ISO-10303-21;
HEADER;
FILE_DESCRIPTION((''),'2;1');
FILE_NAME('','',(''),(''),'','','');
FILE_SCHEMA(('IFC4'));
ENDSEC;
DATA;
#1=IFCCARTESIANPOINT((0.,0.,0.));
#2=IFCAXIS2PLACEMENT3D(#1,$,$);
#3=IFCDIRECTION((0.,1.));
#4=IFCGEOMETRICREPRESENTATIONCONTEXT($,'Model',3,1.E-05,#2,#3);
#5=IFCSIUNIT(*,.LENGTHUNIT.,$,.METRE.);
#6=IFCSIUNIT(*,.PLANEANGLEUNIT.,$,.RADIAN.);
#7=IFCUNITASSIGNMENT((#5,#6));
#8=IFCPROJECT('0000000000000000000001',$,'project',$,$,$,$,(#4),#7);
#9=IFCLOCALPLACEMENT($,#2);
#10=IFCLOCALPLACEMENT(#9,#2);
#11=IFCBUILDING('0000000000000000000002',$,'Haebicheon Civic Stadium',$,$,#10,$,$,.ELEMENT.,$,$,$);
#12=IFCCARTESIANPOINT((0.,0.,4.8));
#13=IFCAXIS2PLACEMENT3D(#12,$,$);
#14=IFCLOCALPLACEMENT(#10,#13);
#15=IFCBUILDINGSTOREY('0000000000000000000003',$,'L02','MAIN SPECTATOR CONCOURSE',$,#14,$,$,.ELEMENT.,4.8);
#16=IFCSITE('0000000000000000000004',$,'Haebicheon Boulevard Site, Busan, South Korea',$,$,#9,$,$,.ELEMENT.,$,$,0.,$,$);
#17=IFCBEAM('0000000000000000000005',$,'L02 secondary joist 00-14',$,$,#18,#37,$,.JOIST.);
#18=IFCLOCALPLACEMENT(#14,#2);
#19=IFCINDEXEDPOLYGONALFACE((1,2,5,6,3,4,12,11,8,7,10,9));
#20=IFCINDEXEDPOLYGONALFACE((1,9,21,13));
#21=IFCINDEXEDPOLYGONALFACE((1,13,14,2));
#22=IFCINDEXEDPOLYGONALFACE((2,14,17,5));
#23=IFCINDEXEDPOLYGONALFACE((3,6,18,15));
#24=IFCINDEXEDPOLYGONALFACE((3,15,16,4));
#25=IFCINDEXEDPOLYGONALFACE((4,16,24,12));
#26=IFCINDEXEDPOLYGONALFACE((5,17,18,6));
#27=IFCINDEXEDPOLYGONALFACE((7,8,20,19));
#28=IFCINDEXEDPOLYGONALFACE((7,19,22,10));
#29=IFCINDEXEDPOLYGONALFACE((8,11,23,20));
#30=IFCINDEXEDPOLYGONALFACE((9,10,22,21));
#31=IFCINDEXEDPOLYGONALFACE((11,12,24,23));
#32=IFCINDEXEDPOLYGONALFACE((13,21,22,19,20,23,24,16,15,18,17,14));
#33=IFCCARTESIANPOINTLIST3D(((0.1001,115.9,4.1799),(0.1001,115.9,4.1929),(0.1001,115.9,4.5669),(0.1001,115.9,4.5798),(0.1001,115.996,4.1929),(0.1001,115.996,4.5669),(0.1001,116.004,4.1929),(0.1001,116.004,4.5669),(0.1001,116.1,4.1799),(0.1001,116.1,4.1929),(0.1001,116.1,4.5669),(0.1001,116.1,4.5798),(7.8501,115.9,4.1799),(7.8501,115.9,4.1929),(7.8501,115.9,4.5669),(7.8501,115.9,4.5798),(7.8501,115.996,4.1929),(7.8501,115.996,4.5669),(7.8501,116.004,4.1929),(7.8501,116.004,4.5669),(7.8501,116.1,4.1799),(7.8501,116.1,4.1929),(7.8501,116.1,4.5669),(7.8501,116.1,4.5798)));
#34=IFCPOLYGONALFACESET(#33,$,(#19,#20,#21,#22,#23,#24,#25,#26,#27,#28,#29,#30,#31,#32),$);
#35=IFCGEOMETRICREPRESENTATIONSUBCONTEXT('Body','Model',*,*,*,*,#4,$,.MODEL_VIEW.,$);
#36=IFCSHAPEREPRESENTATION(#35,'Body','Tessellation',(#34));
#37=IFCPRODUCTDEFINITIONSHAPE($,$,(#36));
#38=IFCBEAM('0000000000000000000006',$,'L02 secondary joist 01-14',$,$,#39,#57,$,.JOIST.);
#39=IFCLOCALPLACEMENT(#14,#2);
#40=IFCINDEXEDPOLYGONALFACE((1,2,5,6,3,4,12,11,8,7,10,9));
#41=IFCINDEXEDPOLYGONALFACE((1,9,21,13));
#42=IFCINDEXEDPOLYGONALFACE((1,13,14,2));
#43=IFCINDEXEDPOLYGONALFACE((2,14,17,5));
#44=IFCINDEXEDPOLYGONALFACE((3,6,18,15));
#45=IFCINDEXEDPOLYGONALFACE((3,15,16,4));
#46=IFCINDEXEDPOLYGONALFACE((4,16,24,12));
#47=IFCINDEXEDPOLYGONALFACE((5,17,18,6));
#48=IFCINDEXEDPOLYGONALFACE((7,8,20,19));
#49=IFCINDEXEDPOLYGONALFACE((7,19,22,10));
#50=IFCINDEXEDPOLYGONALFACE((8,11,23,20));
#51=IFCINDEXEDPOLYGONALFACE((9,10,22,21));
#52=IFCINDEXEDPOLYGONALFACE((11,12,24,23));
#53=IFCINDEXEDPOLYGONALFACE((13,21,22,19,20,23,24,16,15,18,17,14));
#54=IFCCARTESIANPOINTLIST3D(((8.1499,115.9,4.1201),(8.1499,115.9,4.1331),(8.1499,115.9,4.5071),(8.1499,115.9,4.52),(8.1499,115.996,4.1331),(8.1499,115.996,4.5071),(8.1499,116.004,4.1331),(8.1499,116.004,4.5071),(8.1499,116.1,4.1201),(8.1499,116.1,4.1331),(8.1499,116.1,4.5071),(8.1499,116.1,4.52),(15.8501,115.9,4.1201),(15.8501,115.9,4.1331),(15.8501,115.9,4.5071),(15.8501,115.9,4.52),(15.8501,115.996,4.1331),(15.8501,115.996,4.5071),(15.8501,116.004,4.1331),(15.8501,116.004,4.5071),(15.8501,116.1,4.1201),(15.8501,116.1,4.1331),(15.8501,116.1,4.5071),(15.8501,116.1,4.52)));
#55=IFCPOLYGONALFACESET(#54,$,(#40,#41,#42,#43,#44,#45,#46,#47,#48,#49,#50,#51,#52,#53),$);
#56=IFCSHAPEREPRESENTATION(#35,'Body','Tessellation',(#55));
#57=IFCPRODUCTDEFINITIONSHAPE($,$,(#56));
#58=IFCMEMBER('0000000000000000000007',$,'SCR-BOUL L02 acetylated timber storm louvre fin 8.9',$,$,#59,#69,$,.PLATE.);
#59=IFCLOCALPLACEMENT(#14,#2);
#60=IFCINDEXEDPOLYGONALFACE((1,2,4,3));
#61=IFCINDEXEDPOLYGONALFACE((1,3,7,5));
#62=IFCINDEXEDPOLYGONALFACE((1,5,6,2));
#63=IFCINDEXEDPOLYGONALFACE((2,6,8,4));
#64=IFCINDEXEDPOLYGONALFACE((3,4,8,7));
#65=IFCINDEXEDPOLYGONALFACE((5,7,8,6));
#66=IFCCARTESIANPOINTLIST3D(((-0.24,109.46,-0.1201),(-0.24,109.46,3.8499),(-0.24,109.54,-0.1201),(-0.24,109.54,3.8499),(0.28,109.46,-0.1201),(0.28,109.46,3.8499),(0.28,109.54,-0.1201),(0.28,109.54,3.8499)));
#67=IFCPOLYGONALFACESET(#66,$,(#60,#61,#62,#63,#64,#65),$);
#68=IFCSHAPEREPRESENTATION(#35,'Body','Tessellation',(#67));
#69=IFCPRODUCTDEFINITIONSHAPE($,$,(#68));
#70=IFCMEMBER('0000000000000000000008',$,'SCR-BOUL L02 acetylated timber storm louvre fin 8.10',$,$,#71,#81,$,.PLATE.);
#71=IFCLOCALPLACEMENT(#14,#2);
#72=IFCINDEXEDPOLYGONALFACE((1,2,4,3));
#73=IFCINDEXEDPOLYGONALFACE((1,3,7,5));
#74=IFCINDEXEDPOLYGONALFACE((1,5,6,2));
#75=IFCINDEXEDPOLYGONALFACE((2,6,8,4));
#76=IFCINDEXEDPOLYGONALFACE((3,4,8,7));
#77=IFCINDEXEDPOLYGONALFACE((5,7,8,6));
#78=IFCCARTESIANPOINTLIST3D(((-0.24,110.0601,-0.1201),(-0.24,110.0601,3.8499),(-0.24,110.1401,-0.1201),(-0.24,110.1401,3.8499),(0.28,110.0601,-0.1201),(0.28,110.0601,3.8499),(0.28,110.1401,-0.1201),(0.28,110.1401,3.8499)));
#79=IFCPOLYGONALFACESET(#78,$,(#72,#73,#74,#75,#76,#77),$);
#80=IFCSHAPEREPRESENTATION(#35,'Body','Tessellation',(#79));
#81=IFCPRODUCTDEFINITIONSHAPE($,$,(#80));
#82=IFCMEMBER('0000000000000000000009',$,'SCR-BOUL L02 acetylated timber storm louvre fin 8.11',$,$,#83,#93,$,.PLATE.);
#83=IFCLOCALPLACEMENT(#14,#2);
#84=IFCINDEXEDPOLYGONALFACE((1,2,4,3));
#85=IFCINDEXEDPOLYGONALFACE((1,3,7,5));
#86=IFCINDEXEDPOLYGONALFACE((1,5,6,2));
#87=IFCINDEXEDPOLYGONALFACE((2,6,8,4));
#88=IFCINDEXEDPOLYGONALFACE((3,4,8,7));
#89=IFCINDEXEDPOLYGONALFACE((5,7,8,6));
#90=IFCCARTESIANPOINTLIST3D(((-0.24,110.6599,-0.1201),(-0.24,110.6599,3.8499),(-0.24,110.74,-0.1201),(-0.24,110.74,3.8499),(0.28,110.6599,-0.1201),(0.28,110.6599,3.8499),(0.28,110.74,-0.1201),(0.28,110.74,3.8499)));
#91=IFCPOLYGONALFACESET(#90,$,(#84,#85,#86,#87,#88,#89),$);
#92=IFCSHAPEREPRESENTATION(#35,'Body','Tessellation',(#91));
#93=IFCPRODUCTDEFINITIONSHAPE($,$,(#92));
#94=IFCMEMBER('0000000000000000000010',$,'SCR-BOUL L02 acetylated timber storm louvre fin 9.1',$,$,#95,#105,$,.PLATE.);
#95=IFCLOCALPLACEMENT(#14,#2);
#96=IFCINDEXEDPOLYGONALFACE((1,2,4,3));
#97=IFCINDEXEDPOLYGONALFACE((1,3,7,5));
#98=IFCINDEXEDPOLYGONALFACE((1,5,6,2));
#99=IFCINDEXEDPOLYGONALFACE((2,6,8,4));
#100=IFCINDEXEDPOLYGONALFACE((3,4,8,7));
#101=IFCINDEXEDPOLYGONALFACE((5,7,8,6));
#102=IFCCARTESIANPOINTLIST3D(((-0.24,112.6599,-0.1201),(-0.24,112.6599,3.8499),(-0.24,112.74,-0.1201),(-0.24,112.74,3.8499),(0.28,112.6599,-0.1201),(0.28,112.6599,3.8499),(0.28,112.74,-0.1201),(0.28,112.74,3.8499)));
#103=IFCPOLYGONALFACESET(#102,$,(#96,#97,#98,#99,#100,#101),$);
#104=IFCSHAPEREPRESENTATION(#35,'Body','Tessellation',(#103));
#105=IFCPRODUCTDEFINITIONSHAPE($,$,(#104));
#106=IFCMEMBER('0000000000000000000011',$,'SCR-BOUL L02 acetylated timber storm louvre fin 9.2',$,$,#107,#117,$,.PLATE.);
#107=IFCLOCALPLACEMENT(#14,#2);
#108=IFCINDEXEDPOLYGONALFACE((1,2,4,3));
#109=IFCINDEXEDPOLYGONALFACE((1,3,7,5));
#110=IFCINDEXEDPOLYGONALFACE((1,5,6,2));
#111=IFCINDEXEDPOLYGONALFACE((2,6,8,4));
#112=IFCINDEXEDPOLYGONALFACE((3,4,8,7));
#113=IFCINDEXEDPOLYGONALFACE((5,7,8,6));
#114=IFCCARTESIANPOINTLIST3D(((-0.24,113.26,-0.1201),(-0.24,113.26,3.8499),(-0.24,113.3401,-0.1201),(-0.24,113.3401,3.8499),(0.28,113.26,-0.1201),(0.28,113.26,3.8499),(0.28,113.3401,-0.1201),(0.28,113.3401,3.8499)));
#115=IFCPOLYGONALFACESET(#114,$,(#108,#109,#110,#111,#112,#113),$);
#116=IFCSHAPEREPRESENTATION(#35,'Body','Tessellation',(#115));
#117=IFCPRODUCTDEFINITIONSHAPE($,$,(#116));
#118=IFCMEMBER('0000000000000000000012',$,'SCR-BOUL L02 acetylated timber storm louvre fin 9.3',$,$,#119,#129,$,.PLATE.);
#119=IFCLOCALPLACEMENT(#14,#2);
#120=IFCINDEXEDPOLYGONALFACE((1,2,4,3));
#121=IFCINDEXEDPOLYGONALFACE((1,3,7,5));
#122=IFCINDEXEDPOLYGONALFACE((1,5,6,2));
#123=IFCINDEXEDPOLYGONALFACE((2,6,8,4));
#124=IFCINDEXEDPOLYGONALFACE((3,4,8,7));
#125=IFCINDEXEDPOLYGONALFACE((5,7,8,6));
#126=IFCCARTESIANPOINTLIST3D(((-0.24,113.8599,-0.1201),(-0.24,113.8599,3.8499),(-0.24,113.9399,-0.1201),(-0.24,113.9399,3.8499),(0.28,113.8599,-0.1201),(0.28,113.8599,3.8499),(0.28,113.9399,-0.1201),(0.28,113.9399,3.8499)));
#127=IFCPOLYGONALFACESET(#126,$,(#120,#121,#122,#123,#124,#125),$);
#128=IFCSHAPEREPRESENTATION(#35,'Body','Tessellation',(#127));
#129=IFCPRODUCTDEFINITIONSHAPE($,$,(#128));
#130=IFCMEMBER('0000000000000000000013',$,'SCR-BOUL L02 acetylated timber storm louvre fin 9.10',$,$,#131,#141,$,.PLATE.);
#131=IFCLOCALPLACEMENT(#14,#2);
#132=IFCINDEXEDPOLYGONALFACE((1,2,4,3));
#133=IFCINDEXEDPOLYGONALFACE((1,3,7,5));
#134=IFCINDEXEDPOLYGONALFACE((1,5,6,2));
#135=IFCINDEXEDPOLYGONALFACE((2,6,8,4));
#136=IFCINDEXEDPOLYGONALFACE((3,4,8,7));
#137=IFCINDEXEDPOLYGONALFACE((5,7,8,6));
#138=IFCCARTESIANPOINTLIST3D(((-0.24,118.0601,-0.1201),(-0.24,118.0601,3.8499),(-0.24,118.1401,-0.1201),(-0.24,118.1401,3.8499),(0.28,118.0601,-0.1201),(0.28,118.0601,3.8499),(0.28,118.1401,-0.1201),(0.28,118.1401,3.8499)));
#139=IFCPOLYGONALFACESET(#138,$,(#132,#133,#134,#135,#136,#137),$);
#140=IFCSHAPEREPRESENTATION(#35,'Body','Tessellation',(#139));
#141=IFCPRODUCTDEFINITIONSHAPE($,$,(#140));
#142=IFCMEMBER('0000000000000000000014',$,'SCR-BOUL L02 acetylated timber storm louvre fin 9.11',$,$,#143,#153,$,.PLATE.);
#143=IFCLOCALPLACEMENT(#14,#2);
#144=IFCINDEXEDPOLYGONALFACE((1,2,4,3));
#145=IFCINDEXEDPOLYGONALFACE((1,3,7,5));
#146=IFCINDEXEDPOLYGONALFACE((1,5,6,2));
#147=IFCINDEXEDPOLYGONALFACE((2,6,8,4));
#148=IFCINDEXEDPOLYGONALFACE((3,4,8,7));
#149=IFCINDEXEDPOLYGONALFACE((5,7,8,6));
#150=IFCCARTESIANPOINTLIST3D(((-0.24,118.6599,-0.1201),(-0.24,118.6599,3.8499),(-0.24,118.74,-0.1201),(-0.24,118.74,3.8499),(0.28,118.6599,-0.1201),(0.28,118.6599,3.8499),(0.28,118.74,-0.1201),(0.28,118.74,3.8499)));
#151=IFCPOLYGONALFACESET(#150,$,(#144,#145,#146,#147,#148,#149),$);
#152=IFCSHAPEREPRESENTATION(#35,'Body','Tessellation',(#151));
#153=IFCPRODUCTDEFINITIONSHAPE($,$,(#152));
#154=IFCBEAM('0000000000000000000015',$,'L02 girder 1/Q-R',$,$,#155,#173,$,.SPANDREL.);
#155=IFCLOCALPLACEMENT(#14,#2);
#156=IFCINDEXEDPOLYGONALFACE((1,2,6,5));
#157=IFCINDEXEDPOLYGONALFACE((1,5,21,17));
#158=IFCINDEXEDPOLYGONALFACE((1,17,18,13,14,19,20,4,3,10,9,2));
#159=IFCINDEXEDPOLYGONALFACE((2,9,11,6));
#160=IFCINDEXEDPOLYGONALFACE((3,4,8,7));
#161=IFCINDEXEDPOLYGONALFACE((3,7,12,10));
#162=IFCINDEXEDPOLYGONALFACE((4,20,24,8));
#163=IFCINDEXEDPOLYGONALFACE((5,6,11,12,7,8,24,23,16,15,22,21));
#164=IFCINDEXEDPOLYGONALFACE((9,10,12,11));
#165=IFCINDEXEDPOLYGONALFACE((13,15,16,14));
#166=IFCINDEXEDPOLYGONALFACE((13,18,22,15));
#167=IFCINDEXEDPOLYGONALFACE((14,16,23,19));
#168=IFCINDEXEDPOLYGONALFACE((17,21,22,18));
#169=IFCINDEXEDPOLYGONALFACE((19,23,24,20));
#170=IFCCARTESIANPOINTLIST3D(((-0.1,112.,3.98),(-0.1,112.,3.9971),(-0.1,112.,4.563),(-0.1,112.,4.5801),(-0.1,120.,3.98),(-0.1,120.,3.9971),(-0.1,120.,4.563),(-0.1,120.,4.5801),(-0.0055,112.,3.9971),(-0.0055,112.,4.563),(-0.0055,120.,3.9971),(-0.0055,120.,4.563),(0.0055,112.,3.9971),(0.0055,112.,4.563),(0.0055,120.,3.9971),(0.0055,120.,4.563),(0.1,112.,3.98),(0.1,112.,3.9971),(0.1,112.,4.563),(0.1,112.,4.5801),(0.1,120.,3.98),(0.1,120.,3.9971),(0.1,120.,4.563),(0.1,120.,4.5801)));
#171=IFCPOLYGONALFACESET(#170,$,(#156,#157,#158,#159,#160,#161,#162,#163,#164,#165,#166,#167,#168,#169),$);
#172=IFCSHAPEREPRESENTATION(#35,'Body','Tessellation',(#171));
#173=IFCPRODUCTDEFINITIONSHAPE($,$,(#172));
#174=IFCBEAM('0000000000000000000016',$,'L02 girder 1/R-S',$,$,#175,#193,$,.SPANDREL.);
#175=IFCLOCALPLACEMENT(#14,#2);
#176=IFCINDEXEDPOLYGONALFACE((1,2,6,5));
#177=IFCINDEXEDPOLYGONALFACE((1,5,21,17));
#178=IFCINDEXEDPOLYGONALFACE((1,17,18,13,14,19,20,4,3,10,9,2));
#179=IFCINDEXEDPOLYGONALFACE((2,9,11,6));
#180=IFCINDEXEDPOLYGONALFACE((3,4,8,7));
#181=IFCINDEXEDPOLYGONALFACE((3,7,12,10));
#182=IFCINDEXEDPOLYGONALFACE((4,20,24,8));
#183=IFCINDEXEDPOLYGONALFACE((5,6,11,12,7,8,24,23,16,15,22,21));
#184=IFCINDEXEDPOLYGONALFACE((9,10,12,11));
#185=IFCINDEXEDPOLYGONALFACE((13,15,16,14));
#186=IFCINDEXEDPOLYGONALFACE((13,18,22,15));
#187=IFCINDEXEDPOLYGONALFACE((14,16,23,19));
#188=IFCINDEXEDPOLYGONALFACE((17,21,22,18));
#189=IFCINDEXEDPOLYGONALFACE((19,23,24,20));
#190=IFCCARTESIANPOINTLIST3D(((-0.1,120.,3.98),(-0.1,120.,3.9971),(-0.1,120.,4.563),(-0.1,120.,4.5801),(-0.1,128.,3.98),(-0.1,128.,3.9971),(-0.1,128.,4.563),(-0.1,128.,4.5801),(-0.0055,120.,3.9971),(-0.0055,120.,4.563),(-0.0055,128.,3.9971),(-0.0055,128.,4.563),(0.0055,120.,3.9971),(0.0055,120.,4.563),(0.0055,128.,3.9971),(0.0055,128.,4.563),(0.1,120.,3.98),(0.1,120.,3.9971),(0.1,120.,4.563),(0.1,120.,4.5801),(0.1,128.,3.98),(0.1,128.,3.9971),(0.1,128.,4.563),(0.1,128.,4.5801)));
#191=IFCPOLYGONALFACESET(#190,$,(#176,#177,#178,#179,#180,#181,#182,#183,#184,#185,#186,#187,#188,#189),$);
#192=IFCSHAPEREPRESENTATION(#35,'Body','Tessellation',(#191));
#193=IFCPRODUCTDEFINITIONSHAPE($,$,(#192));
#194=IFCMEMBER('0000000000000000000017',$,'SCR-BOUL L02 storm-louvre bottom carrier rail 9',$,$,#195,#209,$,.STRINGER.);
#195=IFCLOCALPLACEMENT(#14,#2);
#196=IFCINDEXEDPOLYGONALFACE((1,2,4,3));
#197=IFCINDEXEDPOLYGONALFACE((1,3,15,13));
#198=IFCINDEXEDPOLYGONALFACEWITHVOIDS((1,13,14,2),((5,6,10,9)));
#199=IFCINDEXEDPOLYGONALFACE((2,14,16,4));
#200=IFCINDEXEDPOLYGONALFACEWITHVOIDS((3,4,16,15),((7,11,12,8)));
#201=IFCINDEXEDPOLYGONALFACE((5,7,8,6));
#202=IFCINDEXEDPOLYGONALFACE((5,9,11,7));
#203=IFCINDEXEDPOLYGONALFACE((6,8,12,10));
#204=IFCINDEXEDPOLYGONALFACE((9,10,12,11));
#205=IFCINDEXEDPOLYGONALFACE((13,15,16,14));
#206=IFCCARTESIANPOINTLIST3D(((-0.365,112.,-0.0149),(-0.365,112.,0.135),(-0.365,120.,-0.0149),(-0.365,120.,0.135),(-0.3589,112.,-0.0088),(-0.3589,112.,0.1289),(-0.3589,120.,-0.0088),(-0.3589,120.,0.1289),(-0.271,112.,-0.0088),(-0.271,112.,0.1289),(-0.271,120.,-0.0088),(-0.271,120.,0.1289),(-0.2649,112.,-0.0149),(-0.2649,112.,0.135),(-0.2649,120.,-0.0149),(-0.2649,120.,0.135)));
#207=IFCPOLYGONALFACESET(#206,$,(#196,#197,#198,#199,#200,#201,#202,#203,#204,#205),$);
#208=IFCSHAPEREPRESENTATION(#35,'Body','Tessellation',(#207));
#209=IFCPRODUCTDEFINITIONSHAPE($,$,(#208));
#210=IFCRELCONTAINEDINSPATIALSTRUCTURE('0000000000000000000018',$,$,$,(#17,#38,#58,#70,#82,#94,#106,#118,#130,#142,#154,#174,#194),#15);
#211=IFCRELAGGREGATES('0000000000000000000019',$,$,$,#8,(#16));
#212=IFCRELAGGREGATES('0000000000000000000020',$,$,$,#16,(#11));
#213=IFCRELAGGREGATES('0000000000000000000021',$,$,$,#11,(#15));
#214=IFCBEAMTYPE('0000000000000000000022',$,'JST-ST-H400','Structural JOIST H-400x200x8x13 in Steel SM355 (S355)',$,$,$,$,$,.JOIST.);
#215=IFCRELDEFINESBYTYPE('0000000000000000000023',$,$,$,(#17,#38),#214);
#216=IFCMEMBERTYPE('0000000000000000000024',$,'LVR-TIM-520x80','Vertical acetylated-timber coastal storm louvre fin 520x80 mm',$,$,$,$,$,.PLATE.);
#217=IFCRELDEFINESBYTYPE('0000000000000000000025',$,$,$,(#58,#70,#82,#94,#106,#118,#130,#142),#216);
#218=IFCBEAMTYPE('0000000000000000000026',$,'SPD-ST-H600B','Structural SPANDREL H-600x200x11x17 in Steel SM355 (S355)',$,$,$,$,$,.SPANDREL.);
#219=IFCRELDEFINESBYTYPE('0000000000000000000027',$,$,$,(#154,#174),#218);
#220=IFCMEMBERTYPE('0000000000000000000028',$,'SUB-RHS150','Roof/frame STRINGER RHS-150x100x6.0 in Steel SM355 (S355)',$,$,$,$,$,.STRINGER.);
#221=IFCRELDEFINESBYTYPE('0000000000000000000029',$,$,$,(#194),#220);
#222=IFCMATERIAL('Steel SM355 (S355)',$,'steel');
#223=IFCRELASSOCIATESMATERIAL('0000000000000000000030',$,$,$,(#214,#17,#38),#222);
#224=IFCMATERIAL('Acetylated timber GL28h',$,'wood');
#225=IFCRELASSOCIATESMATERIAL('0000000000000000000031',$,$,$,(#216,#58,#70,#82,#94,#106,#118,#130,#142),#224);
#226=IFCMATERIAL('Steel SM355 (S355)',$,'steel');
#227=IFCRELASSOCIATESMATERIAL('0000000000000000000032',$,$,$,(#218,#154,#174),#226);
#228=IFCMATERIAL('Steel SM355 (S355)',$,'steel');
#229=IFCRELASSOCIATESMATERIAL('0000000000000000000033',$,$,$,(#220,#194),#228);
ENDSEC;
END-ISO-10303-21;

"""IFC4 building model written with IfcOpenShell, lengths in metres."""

from ifc_helpers import new_model, si_unit, direction, frame, origin, origin_2d, place, context, subcontext, project, spatial, rectangle, hollow_rectangle, i_section, extrude, material, material_profile, profile_set, type_object, element, save


model = new_model("IFC4")

# Units and contexts
model_context = context("Model", 3, precision=1e-05, world=origin(), true_north=direction((0.0, 1.0)))
body_context = subcontext(model_context, "Body", "Model", "MODEL_VIEW")
ifc_project = project(units=[si_unit("LENGTHUNIT", "METRE"), si_unit("PLANEANGLEUNIT", "RADIAN")], contexts=[model_context])

# Site, building, storey
site_placement = place(None, origin())
site = spatial("IfcSite", under=ifc_project, at=site_placement, Name="Haebicheon Boulevard Site, Busan, South Korea", CompositionType="ELEMENT", RefElevation=0.0)
building_placement = place(site_placement, origin())
building = spatial("IfcBuilding", under=site, at=building_placement, Name="Haebicheon Civic Stadium", CompositionType="ELEMENT")
storey_placement = place(building_placement, frame((0.0, 0.0, 4.8)))
storey = spatial("IfcBuildingStorey", under=building, at=storey_placement, Name="L02", Description="MAIN SPECTATOR CONCOURSE", CompositionType="ELEMENT", Elevation=4.8)

# Beams
ifc_material_1 = material(Name="Steel SM355 (S355)", Category="steel")
ifc_material_profile_1 = material_profile(ifc_material_1, i_section(OverallWidth=0.2, OverallDepth=0.3999, WebThickness=0.0081, FlangeThickness=0.0129, at=origin_2d()), Name="H-400x200x8x13")
ifc_profile_set_1 = profile_set([ifc_material_profile_1], Name="Steel SM355 (S355)")
beam_type_1 = type_object("IfcBeamType", Name="JST-ST-H400", Description="Structural JOIST H-400x200x8x13 in Steel SM355 (S355)", PredefinedType="JOIST", material=ifc_profile_set_1)
beam_1_placement = place(storey_placement, frame((0.1001, 116.0, 4.3799), z_axis=(1.0, 0.0, 0.0), x_axis=(0.0, 1.0, 0.0)))
element("IfcBeam", 1, at=beam_1_placement, inside=storey, type_object=beam_type_1, material=ifc_profile_set_1, Name="L02 secondary joist 00-14", PredefinedType="JOIST", context=body_context, shape_type="SweptSolid", body=[
    extrude(i_section(OverallWidth=0.2, OverallDepth=0.3999, WebThickness=0.0081, FlangeThickness=0.0129, at=origin_2d()), origin(), (0.0, 0.0, 1.0), 7.75),
])
beam_2_placement = place(storey_placement, frame((8.1499, 116.0, 4.3201), z_axis=(1.0, 0.0, 0.0), x_axis=(0.0, 1.0, 0.0)))
element("IfcBeam", 2, at=beam_2_placement, inside=storey, type_object=beam_type_1, material=ifc_profile_set_1, Name="L02 secondary joist 01-14", PredefinedType="JOIST", context=body_context, shape_type="SweptSolid", body=[
    extrude(i_section(OverallWidth=0.2, OverallDepth=0.3999, WebThickness=0.0081, FlangeThickness=0.0129, at=origin_2d()), origin(), (0.0, 0.0, 1.0), 7.7002),
])

# Members
ifc_material_2 = material(Name="Acetylated timber GL28h", Category="wood")
ifc_material_profile_2 = material_profile(ifc_material_2, rectangle(XDim=0.0801, YDim=0.52, at=origin_2d()), Name="TMB-LOUV-80x520")
ifc_profile_set_2 = profile_set([ifc_material_profile_2], Name="Acetylated timber GL28h")
member_type_1 = type_object("IfcMemberType", Name="LVR-TIM-520x80", Description="Vertical acetylated-timber coastal storm louvre fin 520x80 mm", PredefinedType="PLATE", material=ifc_profile_set_2)
for number, where, z_axis, x_axis, name in (
    (3, (0.02, 109.5, -0.1201), (0.0, 0.0, 1.0), (0.0, 1.0, 0.0), "SCR-BOUL L02 acetylated timber storm louvre fin 8.9"),
    (4, (0.02, 110.1001, -0.1201), (0.0, 0.0, 1.0), (0.0, 1.0, 0.0), "SCR-BOUL L02 acetylated timber storm louvre fin 8.10"),
    (5, (0.02, 110.7, -0.1201), (0.0, 0.0, 1.0), (0.0, 1.0, 0.0), "SCR-BOUL L02 acetylated timber storm louvre fin 8.11"),
    (6, (0.02, 112.7, -0.1201), (0.0, 0.0, 1.0), (0.0, 1.0, 0.0), "SCR-BOUL L02 acetylated timber storm louvre fin 9.1"),
    (7, (0.02, 113.3, -0.1201), (0.0, 0.0, 1.0), (0.0, 1.0, 0.0), "SCR-BOUL L02 acetylated timber storm louvre fin 9.2"),
    (8, (0.02, 113.8999, -0.1201), (0.0, 0.0, 1.0), (0.0, 1.0, 0.0), "SCR-BOUL L02 acetylated timber storm louvre fin 9.3"),
    (9, (0.02, 118.1001, -0.1201), (0.0, 0.0, 1.0), (0.0, 1.0, 0.0), "SCR-BOUL L02 acetylated timber storm louvre fin 9.10"),
    (10, (0.02, 118.7, -0.1201), (0.0, 0.0, 1.0), (0.0, 1.0, 0.0), "SCR-BOUL L02 acetylated timber storm louvre fin 9.11"),
):
    element("IfcMember", number, at=place(storey_placement, frame(where, z_axis=z_axis, x_axis=x_axis)), inside=storey, type_object=member_type_1, material=ifc_profile_set_2, Name=name, PredefinedType="PLATE", context=body_context, shape_type="SweptSolid", body=[
        extrude(rectangle(XDim=0.0801, YDim=0.52, at=origin_2d()), origin(), (0.0, 0.0, 1.0), 3.97),
    ])

# Beams
ifc_material_3 = material(Name="Steel SM355 (S355)", Category="steel")
ifc_material_profile_3 = material_profile(ifc_material_3, i_section(OverallWidth=0.2, OverallDepth=0.6001, WebThickness=0.011, FlangeThickness=0.0171, at=origin_2d()), Name="H-600x200x11x17")
ifc_profile_set_3 = profile_set([ifc_material_profile_3], Name="Steel SM355 (S355)")
beam_type_2 = type_object("IfcBeamType", Name="SPD-ST-H600B", Description="Structural SPANDREL H-600x200x11x17 in Steel SM355 (S355)", PredefinedType="SPANDREL", material=ifc_profile_set_3)
for number, where, z_axis, x_axis, name in (
    (11, (0.0, 112.0, 4.28), (0.0, 1.0, 0.0), (-1.0, 0.0, 0.0), "L02 girder 1/Q-R"),
    (12, (0.0, 120.0, 4.28), (0.0, 1.0, 0.0), (-1.0, 0.0, 0.0), "L02 girder 1/R-S"),
):
    element("IfcBeam", number, at=place(storey_placement, frame(where, z_axis=z_axis, x_axis=x_axis)), inside=storey, type_object=beam_type_2, material=ifc_profile_set_3, Name=name, PredefinedType="SPANDREL", context=body_context, shape_type="SweptSolid", body=[
        extrude(i_section(OverallWidth=0.2, OverallDepth=0.6001, WebThickness=0.011, FlangeThickness=0.0171, at=origin_2d()), origin(), (0.0, 0.0, 1.0), 8.0),
    ])

# Member
ifc_material_4 = material(Name="Steel SM355 (S355)", Category="steel")
ifc_material_profile_4 = material_profile(ifc_material_4, hollow_rectangle(XDim=0.1001, YDim=0.1499, WallThickness=0.0061, at=origin_2d()), Name="RHS-150x100x6.0")
ifc_profile_set_4 = profile_set([ifc_material_profile_4], Name="Steel SM355 (S355)")
member_type_2 = type_object("IfcMemberType", Name="SUB-RHS150", Description="Roof/frame STRINGER RHS-150x100x6.0 in Steel SM355 (S355)", PredefinedType="STRINGER", material=ifc_profile_set_4)
for number, where, z_axis, x_axis, name in (
    (13, (-0.3149, 112.0, 0.0601), (0.0, 1.0, 0.0), (-1.0, 0.0, 0.0), "SCR-BOUL L02 storm-louvre bottom carrier rail 9"),
):
    element("IfcMember", number, at=place(storey_placement, frame(where, z_axis=z_axis, x_axis=x_axis)), inside=storey, type_object=member_type_2, material=ifc_profile_set_4, Name=name, PredefinedType="STRINGER", context=body_context, shape_type="SweptSolid", body=[
        extrude(hollow_rectangle(XDim=0.1001, YDim=0.1499, WallThickness=0.0061, at=origin_2d()), origin(), (0.0, 0.0, 1.0), 8.0),
    ])

save(model, "model.ifc")
